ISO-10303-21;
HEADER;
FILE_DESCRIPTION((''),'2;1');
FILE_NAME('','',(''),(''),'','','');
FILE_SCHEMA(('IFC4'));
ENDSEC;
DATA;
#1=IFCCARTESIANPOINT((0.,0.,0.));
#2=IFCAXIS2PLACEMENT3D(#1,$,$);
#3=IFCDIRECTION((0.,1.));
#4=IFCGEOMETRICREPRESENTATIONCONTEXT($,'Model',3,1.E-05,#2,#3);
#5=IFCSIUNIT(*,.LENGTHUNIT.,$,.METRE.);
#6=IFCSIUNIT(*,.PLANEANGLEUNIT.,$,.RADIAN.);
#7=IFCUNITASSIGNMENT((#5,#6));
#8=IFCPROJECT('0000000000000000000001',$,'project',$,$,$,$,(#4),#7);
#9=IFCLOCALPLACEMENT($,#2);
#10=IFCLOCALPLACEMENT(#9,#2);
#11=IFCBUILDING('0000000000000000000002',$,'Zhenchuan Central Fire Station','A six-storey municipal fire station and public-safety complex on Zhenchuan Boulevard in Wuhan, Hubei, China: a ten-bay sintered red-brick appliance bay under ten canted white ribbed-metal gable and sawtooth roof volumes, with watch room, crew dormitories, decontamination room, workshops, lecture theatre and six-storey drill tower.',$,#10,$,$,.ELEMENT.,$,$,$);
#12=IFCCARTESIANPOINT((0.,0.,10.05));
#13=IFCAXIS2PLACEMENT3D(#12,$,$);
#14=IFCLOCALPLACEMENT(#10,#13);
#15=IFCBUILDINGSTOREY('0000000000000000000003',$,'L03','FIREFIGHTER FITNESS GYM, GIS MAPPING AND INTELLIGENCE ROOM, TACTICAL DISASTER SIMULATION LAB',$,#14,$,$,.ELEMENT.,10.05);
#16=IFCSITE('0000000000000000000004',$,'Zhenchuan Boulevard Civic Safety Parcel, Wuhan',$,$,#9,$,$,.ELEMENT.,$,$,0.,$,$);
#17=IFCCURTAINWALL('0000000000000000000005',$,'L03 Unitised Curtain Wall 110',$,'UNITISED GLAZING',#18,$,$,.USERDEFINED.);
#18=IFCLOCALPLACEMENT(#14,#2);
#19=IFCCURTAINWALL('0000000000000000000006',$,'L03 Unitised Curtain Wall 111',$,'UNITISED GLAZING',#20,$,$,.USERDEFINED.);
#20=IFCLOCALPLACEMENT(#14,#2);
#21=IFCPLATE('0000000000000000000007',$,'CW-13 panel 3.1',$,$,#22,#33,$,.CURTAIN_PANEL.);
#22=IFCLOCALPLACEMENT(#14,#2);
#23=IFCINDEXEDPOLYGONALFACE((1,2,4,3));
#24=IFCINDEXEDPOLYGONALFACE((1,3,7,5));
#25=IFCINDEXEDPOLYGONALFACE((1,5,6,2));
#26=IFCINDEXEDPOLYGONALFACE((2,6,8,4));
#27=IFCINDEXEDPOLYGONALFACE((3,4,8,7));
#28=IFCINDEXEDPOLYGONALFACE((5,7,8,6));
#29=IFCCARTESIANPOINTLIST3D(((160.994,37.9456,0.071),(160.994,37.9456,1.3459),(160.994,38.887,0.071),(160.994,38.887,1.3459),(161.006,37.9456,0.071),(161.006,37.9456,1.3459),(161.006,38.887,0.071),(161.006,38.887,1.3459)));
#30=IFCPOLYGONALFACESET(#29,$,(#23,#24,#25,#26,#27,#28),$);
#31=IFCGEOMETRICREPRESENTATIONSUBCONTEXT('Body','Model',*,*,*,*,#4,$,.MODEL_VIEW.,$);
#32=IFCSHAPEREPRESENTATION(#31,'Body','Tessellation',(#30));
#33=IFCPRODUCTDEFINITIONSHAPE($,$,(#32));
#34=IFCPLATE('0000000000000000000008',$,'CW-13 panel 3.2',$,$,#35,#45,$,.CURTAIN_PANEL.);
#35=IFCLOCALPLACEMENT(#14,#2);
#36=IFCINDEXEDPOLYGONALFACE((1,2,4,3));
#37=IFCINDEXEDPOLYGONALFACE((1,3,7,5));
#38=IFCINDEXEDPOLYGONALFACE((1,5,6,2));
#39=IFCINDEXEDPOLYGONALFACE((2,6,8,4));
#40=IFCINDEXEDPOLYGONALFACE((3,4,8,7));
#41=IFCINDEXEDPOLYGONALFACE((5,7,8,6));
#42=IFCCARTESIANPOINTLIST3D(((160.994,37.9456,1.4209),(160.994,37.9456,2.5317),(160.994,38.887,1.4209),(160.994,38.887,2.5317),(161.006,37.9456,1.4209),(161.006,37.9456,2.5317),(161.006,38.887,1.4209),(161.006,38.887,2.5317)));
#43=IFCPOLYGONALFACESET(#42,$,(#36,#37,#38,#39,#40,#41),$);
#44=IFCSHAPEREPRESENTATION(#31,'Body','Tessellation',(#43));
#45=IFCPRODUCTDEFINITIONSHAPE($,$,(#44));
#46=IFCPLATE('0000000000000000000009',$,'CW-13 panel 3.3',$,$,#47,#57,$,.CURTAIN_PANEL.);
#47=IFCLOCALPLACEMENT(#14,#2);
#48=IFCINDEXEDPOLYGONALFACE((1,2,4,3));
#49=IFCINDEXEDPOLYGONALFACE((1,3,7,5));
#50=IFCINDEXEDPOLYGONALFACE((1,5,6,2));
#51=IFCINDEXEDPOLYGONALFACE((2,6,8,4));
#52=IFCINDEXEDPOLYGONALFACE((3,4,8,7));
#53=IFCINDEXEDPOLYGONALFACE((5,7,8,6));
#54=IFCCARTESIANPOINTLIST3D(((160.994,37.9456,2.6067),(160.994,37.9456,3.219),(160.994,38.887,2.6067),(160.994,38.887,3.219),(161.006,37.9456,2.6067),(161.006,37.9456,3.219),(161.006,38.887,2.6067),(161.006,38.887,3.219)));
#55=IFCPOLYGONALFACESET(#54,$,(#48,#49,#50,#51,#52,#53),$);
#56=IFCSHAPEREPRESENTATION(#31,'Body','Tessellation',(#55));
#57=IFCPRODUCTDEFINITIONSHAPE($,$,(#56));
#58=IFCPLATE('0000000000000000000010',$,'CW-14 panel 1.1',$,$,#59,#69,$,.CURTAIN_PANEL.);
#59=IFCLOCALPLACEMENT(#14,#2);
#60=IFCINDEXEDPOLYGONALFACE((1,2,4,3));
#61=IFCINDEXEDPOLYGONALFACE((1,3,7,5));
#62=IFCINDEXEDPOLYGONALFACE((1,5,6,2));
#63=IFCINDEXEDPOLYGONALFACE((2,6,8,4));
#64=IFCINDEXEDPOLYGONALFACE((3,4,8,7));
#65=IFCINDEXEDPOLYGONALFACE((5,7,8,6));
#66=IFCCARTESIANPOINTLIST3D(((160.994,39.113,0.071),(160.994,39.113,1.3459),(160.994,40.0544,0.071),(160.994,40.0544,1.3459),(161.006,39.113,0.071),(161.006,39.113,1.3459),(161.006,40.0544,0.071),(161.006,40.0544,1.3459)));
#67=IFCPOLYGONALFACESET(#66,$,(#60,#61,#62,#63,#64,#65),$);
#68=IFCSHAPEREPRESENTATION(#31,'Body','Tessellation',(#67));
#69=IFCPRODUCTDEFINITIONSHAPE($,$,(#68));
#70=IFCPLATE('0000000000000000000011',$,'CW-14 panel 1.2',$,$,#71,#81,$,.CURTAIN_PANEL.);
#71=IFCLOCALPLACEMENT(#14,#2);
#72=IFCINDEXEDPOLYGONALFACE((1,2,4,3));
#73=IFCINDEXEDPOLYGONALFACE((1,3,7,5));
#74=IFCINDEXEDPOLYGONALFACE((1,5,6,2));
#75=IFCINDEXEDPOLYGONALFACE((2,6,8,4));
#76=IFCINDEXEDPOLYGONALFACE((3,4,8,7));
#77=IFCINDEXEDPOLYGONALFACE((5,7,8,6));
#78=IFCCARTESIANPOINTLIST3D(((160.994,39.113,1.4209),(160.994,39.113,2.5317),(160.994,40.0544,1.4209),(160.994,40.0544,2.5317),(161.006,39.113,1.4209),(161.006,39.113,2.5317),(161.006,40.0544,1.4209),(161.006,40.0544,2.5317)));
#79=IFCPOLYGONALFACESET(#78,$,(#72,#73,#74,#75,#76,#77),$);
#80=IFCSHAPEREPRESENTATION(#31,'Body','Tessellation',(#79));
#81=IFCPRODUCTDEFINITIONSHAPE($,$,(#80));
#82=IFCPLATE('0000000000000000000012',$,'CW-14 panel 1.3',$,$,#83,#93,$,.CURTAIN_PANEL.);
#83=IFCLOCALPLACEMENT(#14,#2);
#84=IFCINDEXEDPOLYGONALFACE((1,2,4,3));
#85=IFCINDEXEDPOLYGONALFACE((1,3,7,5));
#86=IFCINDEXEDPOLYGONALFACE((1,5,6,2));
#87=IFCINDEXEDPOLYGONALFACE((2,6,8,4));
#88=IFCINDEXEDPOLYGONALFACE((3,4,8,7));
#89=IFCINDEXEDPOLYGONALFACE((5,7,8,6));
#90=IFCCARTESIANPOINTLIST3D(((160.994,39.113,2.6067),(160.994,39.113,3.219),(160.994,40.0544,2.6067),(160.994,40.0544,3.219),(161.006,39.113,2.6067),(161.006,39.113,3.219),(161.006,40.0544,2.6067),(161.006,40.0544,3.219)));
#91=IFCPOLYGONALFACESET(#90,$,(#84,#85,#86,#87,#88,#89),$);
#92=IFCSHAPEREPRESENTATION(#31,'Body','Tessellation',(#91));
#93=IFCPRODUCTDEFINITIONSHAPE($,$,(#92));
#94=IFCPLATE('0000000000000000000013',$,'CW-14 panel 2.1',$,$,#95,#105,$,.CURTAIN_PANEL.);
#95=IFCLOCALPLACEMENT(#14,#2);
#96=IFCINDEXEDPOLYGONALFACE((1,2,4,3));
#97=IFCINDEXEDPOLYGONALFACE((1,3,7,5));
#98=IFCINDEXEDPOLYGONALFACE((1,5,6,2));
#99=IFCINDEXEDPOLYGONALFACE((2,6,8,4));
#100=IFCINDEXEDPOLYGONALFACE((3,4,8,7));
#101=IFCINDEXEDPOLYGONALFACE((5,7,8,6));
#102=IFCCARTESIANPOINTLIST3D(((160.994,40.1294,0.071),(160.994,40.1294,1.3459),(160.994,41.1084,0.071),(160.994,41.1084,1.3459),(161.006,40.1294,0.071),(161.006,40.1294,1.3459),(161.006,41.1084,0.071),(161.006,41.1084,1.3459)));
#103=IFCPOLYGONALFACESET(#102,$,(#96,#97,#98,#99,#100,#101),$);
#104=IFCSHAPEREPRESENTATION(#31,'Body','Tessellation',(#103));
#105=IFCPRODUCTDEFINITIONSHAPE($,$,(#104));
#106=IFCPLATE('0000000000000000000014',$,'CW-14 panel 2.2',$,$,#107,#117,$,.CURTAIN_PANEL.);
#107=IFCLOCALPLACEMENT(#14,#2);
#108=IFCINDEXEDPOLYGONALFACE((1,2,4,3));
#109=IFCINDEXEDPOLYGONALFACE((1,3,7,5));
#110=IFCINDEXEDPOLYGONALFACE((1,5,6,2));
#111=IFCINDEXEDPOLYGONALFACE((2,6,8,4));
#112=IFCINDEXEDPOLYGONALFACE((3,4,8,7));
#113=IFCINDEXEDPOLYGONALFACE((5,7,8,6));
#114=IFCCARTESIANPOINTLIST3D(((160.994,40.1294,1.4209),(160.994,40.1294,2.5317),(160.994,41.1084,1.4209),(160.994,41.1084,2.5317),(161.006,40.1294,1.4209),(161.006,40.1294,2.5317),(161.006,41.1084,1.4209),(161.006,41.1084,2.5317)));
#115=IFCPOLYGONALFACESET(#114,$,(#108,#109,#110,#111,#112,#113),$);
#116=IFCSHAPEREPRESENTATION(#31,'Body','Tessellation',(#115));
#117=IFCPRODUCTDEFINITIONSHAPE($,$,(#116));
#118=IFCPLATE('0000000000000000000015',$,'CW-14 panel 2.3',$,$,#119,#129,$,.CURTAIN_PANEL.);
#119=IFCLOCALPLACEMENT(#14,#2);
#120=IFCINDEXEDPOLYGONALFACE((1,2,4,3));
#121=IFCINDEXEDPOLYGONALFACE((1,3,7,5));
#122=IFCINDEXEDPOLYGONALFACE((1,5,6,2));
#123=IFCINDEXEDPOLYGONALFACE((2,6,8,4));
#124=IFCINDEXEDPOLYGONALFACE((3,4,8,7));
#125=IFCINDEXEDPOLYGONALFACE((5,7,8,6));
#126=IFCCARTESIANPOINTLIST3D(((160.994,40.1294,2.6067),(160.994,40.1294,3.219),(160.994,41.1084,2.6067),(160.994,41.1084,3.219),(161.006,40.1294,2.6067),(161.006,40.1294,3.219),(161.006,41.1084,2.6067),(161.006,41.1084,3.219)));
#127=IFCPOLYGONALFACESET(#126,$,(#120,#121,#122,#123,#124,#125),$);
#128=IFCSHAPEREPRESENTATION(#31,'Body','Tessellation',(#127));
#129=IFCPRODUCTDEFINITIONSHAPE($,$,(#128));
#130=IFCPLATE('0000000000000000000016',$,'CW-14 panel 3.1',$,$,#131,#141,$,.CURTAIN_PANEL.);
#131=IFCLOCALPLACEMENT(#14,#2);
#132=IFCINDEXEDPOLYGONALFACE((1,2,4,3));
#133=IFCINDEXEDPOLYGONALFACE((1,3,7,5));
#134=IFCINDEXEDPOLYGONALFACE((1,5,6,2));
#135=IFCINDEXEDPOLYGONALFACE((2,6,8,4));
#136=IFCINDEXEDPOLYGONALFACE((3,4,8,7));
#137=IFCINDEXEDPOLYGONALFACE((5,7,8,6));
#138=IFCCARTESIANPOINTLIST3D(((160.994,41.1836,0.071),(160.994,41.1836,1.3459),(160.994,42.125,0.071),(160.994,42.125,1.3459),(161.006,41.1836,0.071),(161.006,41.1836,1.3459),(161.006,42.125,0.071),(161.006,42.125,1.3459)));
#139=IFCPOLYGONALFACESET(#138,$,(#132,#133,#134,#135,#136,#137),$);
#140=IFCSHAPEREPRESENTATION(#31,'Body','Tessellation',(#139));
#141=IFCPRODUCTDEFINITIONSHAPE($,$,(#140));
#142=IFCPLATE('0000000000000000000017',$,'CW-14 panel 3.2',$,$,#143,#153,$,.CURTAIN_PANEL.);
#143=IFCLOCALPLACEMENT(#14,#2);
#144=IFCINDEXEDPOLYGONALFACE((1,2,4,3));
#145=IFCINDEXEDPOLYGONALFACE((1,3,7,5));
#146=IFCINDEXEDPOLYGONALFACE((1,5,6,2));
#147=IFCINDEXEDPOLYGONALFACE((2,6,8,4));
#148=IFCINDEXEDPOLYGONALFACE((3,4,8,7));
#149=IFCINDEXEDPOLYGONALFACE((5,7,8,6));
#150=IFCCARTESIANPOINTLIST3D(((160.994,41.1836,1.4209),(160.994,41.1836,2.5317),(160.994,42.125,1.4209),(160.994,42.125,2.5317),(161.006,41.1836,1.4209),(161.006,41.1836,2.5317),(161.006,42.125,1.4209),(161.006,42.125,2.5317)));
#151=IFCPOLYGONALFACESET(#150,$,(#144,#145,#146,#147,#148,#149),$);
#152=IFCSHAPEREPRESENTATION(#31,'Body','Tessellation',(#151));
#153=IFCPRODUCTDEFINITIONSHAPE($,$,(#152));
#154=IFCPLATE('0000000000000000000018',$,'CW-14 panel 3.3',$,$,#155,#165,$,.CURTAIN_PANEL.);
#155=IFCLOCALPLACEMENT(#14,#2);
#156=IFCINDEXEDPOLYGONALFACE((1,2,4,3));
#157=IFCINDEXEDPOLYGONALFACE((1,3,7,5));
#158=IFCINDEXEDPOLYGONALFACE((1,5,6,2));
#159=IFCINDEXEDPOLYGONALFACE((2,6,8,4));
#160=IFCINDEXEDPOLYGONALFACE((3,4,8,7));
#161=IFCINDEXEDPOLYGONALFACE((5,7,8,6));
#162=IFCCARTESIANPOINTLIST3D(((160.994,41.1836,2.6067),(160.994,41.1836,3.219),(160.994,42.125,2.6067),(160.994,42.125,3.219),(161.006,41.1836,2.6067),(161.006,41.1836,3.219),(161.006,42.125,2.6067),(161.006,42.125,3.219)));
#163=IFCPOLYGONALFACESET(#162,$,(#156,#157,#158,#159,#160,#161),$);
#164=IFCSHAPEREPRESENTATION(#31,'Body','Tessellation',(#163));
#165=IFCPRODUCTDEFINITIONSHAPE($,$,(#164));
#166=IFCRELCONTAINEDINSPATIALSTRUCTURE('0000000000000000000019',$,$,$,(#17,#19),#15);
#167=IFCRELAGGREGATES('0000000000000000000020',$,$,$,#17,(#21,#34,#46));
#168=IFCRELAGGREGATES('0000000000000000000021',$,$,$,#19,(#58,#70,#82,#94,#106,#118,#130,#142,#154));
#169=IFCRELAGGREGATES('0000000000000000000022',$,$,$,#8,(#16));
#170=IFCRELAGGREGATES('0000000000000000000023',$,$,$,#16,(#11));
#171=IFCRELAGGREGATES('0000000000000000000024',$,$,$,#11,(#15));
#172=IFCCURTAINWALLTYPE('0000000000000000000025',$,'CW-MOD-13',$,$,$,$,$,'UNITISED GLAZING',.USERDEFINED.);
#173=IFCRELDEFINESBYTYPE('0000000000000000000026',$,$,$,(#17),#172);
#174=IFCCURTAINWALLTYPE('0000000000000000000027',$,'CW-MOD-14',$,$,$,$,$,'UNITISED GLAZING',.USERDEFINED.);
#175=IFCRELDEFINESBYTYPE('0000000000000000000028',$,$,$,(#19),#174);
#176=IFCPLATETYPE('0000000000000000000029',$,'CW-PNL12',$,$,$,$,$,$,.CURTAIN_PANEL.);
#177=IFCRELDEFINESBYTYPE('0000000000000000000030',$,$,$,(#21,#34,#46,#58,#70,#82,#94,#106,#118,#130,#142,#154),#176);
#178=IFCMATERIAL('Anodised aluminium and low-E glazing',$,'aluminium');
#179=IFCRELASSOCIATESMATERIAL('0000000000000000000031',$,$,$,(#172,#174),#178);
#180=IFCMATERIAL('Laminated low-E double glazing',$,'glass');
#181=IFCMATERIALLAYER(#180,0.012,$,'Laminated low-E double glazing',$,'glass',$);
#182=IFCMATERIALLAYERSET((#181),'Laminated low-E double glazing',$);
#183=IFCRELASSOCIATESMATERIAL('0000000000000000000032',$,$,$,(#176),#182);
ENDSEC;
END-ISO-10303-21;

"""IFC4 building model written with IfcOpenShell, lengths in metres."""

from ifc_helpers import new_model, si_unit, direction, frame, origin, origin_2d, place, context, subcontext, project, spatial, rectangle, extrude, material, layer, layer_set, type_object, element, aggregate, save


model = new_model("IFC4")

# Units and contexts
model_context = context("Model", 3, precision=1e-05, world=origin(), true_north=direction((0.0, 1.0)))
body_context = subcontext(model_context, "Body", "Model", "MODEL_VIEW")
ifc_project = project(units=[si_unit("LENGTHUNIT", "METRE"), si_unit("PLANEANGLEUNIT", "RADIAN")], contexts=[model_context])

# Site, building, storey
site_placement = place(None, origin())
site = spatial("IfcSite", under=ifc_project, at=site_placement, Name="Zhenchuan Boulevard Civic Safety Parcel, Wuhan", CompositionType="ELEMENT", RefElevation=0.0)
building_placement = place(site_placement, origin())
building = spatial("IfcBuilding", under=site, at=building_placement, Name="Zhenchuan Central Fire Station", Description="A six-storey municipal fire station and public-safety complex on Zhenchuan Boulevard in Wuhan, Hubei, China: a ten-bay sintered red-brick appliance bay under ten canted white ribbed-metal gable and sawtooth roof volumes, with watch room, crew dormitories, decontamination room, workshops, lecture theatre and six-storey drill tower.", CompositionType="ELEMENT")
storey_placement = place(building_placement, frame((0.0, 0.0, 10.05)))
storey = spatial("IfcBuildingStorey", under=building, at=storey_placement, Name="L03", Description="FIREFIGHTER FITNESS GYM, GIS MAPPING AND INTELLIGENCE ROOM, TACTICAL DISASTER SIMULATION LAB", CompositionType="ELEMENT", Elevation=10.05)

# Curtain walls
ifc_material_1 = material(Name="Anodised aluminium and low-E glazing", Category="aluminium")
curtain_wall_type_1 = type_object("IfcCurtainWallType", Name="CW-MOD-13", ElementType="UNITISED GLAZING", PredefinedType="USERDEFINED", material=ifc_material_1)
curtain_wall_1_placement = place(storey_placement, origin())
curtain_wall_1 = element("IfcCurtainWall", 1, at=curtain_wall_1_placement, inside=storey, type_object=curtain_wall_type_1, Name="L03 Unitised Curtain Wall 110", ObjectType="UNITISED GLAZING", PredefinedType="USERDEFINED")
curtain_wall_type_2 = type_object("IfcCurtainWallType", Name="CW-MOD-14", ElementType="UNITISED GLAZING", PredefinedType="USERDEFINED", material=ifc_material_1)
curtain_wall_2_placement = place(storey_placement, origin())
curtain_wall_2 = element("IfcCurtainWall", 2, at=curtain_wall_2_placement, inside=storey, type_object=curtain_wall_type_2, Name="L03 Unitised Curtain Wall 111", ObjectType="UNITISED GLAZING", PredefinedType="USERDEFINED")

# Plates
ifc_material_2 = material(Name="Laminated low-E double glazing", Category="glass")
ifc_layer = layer(ifc_material_2, 0.012, Name="Laminated low-E double glazing", Category="glass")
ifc_layer_set = layer_set([ifc_layer], Name="Laminated low-E double glazing")
plate_type = type_object("IfcPlateType", Name="CW-PNL12", PredefinedType="CURTAIN_PANEL", material=ifc_layer_set)
plate_1_placement = place(storey_placement, frame((161.0, 38.4163, 0.071), z_axis=(0.0, 0.0, 1.0), x_axis=(0.0, 1.0, 0.0)))
plate_1 = element("IfcPlate", 3, at=plate_1_placement, type_object=plate_type, Name="CW-13 panel 3.1", PredefinedType="CURTAIN_PANEL", context=body_context, shape_type="SweptSolid", body=[
    extrude(rectangle(XDim=0.9414, YDim=0.012, at=origin_2d()), origin(), (0.0, 0.0, 1.0), 1.2749),
])
plate_2_placement = place(storey_placement, frame((161.0, 38.4163, 1.4209), z_axis=(0.0, 0.0, 1.0), x_axis=(0.0, 1.0, 0.0)))
plate_2 = element("IfcPlate", 4, at=plate_2_placement, type_object=plate_type, Name="CW-13 panel 3.2", PredefinedType="CURTAIN_PANEL", context=body_context, shape_type="SweptSolid", body=[
    extrude(rectangle(XDim=0.9414, YDim=0.012, at=origin_2d()), origin(), (0.0, 0.0, 1.0), 1.1108),
])
plate_3_placement = place(storey_placement, frame((161.0, 38.4163, 2.6067), z_axis=(0.0, 0.0, 1.0), x_axis=(0.0, 1.0, 0.0)))
plate_3 = element("IfcPlate", 5, at=plate_3_placement, type_object=plate_type, Name="CW-13 panel 3.3", PredefinedType="CURTAIN_PANEL", context=body_context, shape_type="SweptSolid", body=[
    extrude(rectangle(XDim=0.9414, YDim=0.012, at=origin_2d()), origin(), (0.0, 0.0, 1.0), 0.6123),
])
aggregate(curtain_wall_1, [plate_1, plate_2, plate_3])
plate_4_placement = place(storey_placement, frame((161.0, 39.5837, 0.071), z_axis=(0.0, 0.0, 1.0), x_axis=(0.0, 1.0, 0.0)))
plate_4 = element("IfcPlate", 6, at=plate_4_placement, type_object=plate_type, Name="CW-14 panel 1.1", PredefinedType="CURTAIN_PANEL", context=body_context, shape_type="SweptSolid", body=[
    extrude(rectangle(XDim=0.9414, YDim=0.012, at=origin_2d()), origin(), (0.0, 0.0, 1.0), 1.2749),
])
plate_5_placement = place(storey_placement, frame((161.0, 39.5837, 1.4209), z_axis=(0.0, 0.0, 1.0), x_axis=(0.0, 1.0, 0.0)))
plate_5 = element("IfcPlate", 7, at=plate_5_placement, type_object=plate_type, Name="CW-14 panel 1.2", PredefinedType="CURTAIN_PANEL", context=body_context, shape_type="SweptSolid", body=[
    extrude(rectangle(XDim=0.9414, YDim=0.012, at=origin_2d()), origin(), (0.0, 0.0, 1.0), 1.1108),
])
plate_6_placement = place(storey_placement, frame((161.0, 39.5837, 2.6067), z_axis=(0.0, 0.0, 1.0), x_axis=(0.0, 1.0, 0.0)))
plate_6 = element("IfcPlate", 8, at=plate_6_placement, type_object=plate_type, Name="CW-14 panel 1.3", PredefinedType="CURTAIN_PANEL", context=body_context, shape_type="SweptSolid", body=[
    extrude(rectangle(XDim=0.9414, YDim=0.012, at=origin_2d()), origin(), (0.0, 0.0, 1.0), 0.6123),
])
plate_7_placement = place(storey_placement, frame((161.0, 40.6189, 0.071), z_axis=(0.0, 0.0, 1.0), x_axis=(0.0, 1.0, 0.0)))
plate_7 = element("IfcPlate", 9, at=plate_7_placement, type_object=plate_type, Name="CW-14 panel 2.1", PredefinedType="CURTAIN_PANEL", context=body_context, shape_type="SweptSolid", body=[
    extrude(rectangle(XDim=0.979, YDim=0.012, at=origin_2d()), origin(), (0.0, 0.0, 1.0), 1.2749),
])
plate_8_placement = place(storey_placement, frame((161.0, 40.6189, 1.4209), z_axis=(0.0, 0.0, 1.0), x_axis=(0.0, 1.0, 0.0)))
plate_8 = element("IfcPlate", 10, at=plate_8_placement, type_object=plate_type, Name="CW-14 panel 2.2", PredefinedType="CURTAIN_PANEL", context=body_context, shape_type="SweptSolid", body=[
    extrude(rectangle(XDim=0.979, YDim=0.012, at=origin_2d()), origin(), (0.0, 0.0, 1.0), 1.1108),
])
plate_9_placement = place(storey_placement, frame((161.0, 40.6189, 2.6067), z_axis=(0.0, 0.0, 1.0), x_axis=(0.0, 1.0, 0.0)))
plate_9 = element("IfcPlate", 11, at=plate_9_placement, type_object=plate_type, Name="CW-14 panel 2.3", PredefinedType="CURTAIN_PANEL", context=body_context, shape_type="SweptSolid", body=[
    extrude(rectangle(XDim=0.979, YDim=0.012, at=origin_2d()), origin(), (0.0, 0.0, 1.0), 0.6123),
])
plate_10_placement = place(storey_placement, frame((161.0, 41.6543, 0.071), z_axis=(0.0, 0.0, 1.0), x_axis=(0.0, 1.0, 0.0)))
plate_10 = element("IfcPlate", 12, at=plate_10_placement, type_object=plate_type, Name="CW-14 panel 3.1", PredefinedType="CURTAIN_PANEL", context=body_context, shape_type="SweptSolid", body=[
    extrude(rectangle(XDim=0.9414, YDim=0.012, at=origin_2d()), origin(), (0.0, 0.0, 1.0), 1.2749),
])
plate_11_placement = place(storey_placement, frame((161.0, 41.6543, 1.4209), z_axis=(0.0, 0.0, 1.0), x_axis=(0.0, 1.0, 0.0)))
plate_11 = element("IfcPlate", 13, at=plate_11_placement, type_object=plate_type, Name="CW-14 panel 3.2", PredefinedType="CURTAIN_PANEL", context=body_context, shape_type="SweptSolid", body=[
    extrude(rectangle(XDim=0.9414, YDim=0.012, at=origin_2d()), origin(), (0.0, 0.0, 1.0), 1.1108),
])
plate_12_placement = place(storey_placement, frame((161.0, 41.6543, 2.6067), z_axis=(0.0, 0.0, 1.0), x_axis=(0.0, 1.0, 0.0)))
plate_12 = element("IfcPlate", 14, at=plate_12_placement, type_object=plate_type, Name="CW-14 panel 3.3", PredefinedType="CURTAIN_PANEL", context=body_context, shape_type="SweptSolid", body=[
    extrude(rectangle(XDim=0.9414, YDim=0.012, at=origin_2d()), origin(), (0.0, 0.0, 1.0), 0.6123),
])
aggregate(curtain_wall_2, [plate_4, plate_5, plate_6, plate_7, plate_8, plate_9, plate_10, plate_11, plate_12])

save(model, "model.ifc")
